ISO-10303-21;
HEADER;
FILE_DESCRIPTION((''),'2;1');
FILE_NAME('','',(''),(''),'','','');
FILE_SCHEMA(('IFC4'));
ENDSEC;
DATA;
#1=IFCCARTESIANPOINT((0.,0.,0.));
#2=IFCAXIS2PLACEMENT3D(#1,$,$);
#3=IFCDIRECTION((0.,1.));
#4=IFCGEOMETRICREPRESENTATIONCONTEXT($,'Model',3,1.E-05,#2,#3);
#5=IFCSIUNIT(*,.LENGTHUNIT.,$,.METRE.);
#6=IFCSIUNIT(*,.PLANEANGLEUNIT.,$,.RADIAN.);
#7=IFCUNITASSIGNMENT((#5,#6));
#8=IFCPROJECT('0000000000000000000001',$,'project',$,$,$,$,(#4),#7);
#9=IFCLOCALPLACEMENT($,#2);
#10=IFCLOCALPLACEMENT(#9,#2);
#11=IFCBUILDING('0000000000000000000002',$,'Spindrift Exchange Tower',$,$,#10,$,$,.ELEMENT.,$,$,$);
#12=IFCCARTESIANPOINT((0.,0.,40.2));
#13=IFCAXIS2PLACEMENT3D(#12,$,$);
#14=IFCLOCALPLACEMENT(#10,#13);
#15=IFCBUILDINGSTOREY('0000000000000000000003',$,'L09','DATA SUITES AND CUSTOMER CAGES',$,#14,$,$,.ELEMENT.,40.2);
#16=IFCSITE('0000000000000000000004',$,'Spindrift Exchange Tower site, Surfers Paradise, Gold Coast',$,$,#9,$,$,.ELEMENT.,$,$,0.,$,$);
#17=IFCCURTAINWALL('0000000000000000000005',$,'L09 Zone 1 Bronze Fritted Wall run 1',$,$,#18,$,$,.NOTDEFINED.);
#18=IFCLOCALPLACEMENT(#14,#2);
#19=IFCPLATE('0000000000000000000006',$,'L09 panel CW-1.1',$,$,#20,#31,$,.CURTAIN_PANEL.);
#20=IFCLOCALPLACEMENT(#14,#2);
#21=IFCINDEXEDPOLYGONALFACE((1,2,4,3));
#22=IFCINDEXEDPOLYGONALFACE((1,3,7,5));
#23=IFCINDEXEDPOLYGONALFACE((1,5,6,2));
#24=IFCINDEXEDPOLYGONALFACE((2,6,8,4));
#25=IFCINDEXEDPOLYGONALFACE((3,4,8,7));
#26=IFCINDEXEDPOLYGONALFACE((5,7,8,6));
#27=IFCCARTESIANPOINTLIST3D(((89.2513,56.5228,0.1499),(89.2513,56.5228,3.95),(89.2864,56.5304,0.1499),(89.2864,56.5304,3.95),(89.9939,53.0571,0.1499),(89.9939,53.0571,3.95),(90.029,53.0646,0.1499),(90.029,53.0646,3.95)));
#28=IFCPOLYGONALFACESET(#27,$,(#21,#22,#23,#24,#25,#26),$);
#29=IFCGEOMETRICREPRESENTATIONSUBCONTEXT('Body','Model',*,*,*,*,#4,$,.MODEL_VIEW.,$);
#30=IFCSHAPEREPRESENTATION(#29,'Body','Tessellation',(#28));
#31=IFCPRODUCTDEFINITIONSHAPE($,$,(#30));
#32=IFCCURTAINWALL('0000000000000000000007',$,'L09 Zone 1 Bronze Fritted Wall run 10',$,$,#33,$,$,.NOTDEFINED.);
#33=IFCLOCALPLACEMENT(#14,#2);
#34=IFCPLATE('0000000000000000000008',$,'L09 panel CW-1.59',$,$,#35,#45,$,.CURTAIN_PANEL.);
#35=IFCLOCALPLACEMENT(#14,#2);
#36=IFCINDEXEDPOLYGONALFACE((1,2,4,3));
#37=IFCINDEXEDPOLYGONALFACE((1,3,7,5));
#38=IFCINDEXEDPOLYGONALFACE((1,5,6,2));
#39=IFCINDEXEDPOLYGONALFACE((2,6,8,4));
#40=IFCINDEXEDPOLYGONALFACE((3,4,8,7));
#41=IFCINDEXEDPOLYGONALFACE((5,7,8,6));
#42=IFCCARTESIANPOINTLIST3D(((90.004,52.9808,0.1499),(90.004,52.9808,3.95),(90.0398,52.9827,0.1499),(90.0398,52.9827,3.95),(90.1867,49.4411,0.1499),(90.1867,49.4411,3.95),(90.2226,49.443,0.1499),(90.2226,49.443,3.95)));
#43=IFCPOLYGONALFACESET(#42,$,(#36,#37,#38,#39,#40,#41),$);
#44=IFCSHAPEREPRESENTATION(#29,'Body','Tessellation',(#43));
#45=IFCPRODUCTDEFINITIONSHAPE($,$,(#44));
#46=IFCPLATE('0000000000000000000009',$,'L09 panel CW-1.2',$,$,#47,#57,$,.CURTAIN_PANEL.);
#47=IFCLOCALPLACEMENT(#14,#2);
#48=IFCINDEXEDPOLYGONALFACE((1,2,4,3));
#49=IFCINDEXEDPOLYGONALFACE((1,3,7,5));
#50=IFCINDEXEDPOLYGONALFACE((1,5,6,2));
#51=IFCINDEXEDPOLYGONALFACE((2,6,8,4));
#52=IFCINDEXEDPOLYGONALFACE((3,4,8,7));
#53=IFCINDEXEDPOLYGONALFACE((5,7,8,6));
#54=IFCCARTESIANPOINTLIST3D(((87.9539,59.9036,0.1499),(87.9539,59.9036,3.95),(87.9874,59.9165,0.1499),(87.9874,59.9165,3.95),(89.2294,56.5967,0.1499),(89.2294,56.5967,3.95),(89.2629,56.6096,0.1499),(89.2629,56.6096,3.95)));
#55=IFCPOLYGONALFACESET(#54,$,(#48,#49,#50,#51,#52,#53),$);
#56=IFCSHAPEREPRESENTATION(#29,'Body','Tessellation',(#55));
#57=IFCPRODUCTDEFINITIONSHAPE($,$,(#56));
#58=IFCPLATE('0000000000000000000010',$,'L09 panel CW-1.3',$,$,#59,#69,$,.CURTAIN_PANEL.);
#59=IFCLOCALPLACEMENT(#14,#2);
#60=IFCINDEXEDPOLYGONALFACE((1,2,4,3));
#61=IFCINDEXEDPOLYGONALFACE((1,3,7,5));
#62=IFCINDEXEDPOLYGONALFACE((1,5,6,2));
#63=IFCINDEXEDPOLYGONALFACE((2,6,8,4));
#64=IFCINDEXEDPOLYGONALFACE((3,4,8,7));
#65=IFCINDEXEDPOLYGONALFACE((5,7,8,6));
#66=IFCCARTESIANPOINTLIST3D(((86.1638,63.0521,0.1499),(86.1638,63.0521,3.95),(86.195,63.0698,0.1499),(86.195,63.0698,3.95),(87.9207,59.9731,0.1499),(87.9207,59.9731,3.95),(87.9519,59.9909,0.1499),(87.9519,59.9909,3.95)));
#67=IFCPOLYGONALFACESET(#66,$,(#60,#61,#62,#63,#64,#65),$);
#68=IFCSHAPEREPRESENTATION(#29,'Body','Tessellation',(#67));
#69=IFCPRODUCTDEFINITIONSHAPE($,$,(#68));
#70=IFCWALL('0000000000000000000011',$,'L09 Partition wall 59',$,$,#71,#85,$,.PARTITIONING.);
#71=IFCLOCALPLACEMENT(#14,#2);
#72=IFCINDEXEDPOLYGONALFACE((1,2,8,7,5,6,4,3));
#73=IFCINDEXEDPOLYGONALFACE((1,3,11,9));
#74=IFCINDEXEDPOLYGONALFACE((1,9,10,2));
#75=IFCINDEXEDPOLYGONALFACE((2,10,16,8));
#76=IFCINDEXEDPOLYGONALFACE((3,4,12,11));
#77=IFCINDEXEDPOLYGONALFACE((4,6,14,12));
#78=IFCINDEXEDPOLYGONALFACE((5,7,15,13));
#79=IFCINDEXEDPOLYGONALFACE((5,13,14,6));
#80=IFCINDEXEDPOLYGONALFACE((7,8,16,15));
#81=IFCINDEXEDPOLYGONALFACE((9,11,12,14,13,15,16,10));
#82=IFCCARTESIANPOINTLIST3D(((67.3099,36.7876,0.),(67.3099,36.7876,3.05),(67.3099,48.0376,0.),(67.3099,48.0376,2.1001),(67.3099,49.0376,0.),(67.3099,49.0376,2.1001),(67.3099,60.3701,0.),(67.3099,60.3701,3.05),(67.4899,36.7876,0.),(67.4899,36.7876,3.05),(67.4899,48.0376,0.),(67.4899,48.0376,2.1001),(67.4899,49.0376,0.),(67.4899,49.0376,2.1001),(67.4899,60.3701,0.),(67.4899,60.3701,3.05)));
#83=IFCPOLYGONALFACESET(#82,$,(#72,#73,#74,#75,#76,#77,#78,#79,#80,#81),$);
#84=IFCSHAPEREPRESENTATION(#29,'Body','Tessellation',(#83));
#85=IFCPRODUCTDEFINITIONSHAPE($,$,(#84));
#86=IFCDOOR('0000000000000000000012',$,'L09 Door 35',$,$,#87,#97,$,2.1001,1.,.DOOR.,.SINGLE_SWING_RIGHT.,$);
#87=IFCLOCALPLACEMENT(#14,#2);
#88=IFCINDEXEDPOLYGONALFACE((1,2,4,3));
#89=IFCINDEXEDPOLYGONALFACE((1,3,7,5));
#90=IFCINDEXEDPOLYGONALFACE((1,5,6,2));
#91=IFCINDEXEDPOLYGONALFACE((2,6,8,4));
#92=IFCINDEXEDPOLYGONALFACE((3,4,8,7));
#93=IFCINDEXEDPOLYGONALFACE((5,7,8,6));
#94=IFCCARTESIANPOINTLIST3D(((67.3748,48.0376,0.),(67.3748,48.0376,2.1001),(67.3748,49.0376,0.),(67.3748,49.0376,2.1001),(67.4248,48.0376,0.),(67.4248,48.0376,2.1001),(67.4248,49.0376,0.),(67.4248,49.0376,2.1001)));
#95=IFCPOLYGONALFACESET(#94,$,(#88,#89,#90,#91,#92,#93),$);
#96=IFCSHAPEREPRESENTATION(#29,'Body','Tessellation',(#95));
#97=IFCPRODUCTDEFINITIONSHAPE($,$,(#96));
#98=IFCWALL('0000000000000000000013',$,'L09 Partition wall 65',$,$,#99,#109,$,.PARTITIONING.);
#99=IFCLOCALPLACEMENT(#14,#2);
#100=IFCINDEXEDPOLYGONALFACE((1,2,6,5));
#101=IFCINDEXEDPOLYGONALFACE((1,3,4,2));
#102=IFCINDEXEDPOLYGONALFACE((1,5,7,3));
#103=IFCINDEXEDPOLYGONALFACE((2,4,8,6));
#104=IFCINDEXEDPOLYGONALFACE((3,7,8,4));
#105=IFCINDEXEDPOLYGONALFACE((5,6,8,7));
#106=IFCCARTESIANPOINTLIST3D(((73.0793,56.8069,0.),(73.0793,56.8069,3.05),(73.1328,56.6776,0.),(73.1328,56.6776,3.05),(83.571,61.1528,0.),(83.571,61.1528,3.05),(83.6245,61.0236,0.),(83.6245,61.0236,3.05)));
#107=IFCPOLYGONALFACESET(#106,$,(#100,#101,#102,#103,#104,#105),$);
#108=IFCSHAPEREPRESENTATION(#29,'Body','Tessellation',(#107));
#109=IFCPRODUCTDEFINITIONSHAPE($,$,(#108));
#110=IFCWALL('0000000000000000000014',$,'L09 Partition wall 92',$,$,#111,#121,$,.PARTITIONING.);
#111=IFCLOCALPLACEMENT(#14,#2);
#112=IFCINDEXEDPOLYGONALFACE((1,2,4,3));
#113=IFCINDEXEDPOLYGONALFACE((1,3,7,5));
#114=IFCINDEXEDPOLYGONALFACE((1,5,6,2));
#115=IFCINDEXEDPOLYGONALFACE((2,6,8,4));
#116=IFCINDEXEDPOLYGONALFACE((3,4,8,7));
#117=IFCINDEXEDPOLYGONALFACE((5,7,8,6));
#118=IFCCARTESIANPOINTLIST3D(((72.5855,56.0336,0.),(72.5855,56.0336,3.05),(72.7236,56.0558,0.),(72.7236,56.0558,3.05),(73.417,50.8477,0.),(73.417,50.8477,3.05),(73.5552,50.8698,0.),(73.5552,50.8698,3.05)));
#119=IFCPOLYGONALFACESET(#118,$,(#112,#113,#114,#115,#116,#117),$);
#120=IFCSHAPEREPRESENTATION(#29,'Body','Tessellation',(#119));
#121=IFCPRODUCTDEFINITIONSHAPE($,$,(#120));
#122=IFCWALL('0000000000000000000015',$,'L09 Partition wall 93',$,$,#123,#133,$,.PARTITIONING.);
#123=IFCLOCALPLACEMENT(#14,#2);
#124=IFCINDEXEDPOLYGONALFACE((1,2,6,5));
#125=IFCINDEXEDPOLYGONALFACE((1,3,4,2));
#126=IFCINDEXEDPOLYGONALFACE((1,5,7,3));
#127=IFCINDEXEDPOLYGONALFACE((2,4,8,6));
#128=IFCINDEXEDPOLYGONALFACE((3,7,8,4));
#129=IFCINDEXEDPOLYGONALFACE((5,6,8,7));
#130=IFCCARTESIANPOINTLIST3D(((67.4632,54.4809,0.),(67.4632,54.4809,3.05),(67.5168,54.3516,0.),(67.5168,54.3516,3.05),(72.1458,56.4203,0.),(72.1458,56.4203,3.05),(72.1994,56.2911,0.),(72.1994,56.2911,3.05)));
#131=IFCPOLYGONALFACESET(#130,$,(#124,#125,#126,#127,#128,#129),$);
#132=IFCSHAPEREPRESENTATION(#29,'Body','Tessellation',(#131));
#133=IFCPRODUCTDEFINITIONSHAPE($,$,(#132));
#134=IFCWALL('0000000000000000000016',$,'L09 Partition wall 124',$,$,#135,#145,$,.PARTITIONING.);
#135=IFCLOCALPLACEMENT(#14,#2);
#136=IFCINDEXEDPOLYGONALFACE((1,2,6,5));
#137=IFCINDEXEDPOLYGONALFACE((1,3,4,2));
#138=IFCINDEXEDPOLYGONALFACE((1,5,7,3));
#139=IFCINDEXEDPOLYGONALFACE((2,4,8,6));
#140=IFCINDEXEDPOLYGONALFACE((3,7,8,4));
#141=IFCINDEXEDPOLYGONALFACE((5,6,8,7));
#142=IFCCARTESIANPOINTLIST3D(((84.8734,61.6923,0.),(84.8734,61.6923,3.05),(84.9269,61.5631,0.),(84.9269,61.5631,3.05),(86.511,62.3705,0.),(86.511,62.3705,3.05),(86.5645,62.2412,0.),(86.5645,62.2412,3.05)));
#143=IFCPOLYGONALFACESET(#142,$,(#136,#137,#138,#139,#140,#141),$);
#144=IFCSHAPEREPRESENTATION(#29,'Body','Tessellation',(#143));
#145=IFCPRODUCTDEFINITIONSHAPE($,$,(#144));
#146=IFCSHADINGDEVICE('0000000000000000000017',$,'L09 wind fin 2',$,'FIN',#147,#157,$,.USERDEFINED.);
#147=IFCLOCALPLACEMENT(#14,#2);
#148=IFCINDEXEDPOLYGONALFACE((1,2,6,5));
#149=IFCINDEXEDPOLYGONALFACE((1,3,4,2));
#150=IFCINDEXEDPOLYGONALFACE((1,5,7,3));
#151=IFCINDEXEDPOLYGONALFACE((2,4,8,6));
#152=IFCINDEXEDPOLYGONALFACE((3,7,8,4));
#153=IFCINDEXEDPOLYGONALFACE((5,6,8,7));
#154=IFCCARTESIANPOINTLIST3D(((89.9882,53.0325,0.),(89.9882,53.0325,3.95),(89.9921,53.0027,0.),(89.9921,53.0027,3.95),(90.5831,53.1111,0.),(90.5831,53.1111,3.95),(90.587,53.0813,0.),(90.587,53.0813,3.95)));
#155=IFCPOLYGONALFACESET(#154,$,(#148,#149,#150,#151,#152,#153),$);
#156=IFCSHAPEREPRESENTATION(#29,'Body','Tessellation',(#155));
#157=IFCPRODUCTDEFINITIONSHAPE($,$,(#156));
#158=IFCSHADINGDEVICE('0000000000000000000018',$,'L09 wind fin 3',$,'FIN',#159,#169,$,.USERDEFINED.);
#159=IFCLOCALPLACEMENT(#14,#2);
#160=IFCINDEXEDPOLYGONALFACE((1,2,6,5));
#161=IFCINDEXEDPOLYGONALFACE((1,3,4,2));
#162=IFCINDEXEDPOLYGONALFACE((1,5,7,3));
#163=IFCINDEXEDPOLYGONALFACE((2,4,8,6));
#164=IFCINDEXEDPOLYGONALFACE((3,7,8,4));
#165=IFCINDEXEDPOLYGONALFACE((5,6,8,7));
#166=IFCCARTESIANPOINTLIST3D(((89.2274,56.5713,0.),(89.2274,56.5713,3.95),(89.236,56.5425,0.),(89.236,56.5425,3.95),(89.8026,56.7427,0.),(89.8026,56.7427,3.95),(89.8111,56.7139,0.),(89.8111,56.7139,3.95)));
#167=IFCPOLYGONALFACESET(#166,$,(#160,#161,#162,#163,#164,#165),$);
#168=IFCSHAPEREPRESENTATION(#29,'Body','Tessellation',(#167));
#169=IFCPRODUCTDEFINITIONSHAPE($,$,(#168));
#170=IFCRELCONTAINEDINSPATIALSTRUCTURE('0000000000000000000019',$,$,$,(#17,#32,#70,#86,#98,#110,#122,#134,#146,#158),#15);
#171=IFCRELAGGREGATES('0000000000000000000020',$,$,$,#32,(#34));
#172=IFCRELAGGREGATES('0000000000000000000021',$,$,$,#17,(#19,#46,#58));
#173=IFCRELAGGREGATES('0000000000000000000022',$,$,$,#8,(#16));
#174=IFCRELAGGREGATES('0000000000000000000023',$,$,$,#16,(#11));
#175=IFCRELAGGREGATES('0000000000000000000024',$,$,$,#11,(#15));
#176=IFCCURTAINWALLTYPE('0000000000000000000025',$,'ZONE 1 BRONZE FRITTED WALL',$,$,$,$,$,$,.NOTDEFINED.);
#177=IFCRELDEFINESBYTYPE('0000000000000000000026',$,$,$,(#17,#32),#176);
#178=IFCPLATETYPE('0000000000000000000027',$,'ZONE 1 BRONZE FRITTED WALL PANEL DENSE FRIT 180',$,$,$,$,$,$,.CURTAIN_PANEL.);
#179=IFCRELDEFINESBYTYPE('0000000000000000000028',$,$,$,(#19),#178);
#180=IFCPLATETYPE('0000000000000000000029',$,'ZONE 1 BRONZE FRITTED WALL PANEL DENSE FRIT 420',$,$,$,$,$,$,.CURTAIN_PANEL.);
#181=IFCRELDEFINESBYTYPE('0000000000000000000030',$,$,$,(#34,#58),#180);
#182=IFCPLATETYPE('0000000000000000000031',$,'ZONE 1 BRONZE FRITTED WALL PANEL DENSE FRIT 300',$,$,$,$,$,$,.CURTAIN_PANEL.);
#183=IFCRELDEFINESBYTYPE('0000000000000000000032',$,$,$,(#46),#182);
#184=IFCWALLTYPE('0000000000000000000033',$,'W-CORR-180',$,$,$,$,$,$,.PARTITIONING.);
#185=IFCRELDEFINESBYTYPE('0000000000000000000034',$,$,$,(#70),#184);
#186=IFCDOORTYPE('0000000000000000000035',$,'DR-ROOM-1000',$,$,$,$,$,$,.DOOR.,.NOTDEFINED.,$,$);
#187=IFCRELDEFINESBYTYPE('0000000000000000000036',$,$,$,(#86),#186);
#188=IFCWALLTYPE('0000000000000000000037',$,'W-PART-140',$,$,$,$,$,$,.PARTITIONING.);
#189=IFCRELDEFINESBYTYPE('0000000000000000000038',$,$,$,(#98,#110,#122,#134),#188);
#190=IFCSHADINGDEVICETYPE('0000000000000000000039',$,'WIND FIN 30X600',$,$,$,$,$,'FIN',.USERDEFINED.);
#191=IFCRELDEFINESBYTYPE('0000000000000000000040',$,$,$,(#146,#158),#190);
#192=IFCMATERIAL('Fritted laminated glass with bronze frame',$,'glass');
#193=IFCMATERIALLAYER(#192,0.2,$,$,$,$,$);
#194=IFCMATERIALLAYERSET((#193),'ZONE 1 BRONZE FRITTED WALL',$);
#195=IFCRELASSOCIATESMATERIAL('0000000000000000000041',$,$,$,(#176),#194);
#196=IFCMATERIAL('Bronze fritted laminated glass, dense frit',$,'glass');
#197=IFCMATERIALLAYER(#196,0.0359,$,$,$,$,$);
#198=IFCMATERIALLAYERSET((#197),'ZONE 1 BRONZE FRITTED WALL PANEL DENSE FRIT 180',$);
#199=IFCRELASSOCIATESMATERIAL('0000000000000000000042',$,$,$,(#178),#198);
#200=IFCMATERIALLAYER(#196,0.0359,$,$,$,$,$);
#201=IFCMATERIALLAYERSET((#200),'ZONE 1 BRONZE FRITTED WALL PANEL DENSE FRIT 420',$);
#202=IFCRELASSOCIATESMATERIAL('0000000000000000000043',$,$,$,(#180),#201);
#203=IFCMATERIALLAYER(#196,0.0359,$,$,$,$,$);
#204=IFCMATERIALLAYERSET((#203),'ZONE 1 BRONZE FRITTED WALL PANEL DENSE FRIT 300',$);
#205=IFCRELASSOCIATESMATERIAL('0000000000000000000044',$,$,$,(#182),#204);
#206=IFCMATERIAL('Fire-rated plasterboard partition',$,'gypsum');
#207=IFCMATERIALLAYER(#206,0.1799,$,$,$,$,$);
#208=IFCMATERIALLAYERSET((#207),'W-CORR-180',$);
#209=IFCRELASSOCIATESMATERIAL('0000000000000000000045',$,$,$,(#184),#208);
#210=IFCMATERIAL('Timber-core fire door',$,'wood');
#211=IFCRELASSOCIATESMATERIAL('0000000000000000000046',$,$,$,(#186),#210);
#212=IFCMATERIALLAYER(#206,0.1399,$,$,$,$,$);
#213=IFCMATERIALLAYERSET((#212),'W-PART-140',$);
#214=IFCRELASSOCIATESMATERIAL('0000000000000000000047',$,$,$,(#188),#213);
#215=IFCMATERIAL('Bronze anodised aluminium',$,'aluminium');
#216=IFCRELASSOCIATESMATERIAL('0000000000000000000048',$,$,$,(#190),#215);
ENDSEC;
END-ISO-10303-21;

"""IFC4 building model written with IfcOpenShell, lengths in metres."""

from ifc_helpers import new_model, si_unit, direction, frame, frame_2d, origin, origin_2d, place, context, subcontext, project, spatial, rectangle, extrude, source, transform, mapped, material, layer, layer_set, material_profile, profile_set, type_object, element, fill, aggregate, save


model = new_model("IFC4")

# Units and contexts
model_context = context("Model", 3, precision=1e-05, world=origin(), true_north=direction((0.0, 1.0)))
body_context = subcontext(model_context, "Body", "Model", "MODEL_VIEW")
ifc_project = project(units=[si_unit("LENGTHUNIT", "METRE"), si_unit("PLANEANGLEUNIT", "RADIAN")], contexts=[model_context])

# Site, building, storey
site_placement = place(None, origin())
site = spatial("IfcSite", under=ifc_project, at=site_placement, Name="Spindrift Exchange Tower site, Surfers Paradise, Gold Coast", CompositionType="ELEMENT", RefElevation=0.0)
building_placement = place(site_placement, origin())
building = spatial("IfcBuilding", under=site, at=building_placement, Name="Spindrift Exchange Tower", CompositionType="ELEMENT")
storey_placement = place(building_placement, frame((0.0, 0.0, 40.2)))
storey = spatial("IfcBuildingStorey", under=building, at=storey_placement, Name="L09", Description="DATA SUITES AND CUSTOMER CAGES", CompositionType="ELEMENT", Elevation=40.2)

# Curtain wall, plate
ifc_material_1 = material(Name="Fritted laminated glass with bronze frame", Category="glass")
ifc_layer_1 = layer(ifc_material_1, 0.2)
ifc_layer_set_1 = layer_set([ifc_layer_1], Name="ZONE 1 BRONZE FRITTED WALL")
curtain_wall_type = type_object("IfcCurtainWallType", Name="ZONE 1 BRONZE FRITTED WALL", PredefinedType="NOTDEFINED", material=ifc_layer_set_1)
curtain_wall_1_placement = place(storey_placement, origin())
curtain_wall_1 = element("IfcCurtainWall", 1, at=curtain_wall_1_placement, inside=storey, type_object=curtain_wall_type, Name="L09 Zone 1 Bronze Fritted Wall run 1", PredefinedType="NOTDEFINED")
ifc_material_2 = material(Name="Bronze anodised aluminium", Category="aluminium")
ifc_material_3 = material(Name="Bronze fritted laminated glass, dense frit", Category="glass")
ifc_layer_2 = layer(ifc_material_3, 0.0359)
ifc_layer_set_2 = layer_set([ifc_layer_2], Name="ZONE 1 BRONZE FRITTED WALL PANEL DENSE FRIT 180")
plate_type_1 = type_object("IfcPlateType", Name="ZONE 1 BRONZE FRITTED WALL PANEL DENSE FRIT 180", PredefinedType="CURTAIN_PANEL", material=ifc_layer_set_2)
shared_shape_1 = source(origin(), body_context, "Body", "SweptSolid", [
    extrude(rectangle(XDim=3.5444, YDim=0.0359, at=origin_2d()), origin(), (0.0, 0.0, 1.0), 3.8),
])
plate_1_placement = place(storey_placement, frame((89.6401, 54.7937, 0.1499), z_axis=(0.0, 0.0, 1.0), x_axis=(-0.209496, 0.97781, 0.0)))
plate_1 = element("IfcPlate", 2, at=plate_1_placement, type_object=plate_type_1, Name="L09 panel CW-1.1", PredefinedType="CURTAIN_PANEL", context=body_context, shape_type="MappedRepresentation", body=[
    mapped(shared_shape_1, transform((0.0, 0.0, 0.0), scale=1.0)),
])

# Curtain wall, plate
curtain_wall_2_placement = place(storey_placement, origin())
curtain_wall_2 = element("IfcCurtainWall", 3, at=curtain_wall_2_placement, inside=storey, type_object=curtain_wall_type, Name="L09 Zone 1 Bronze Fritted Wall run 10", PredefinedType="NOTDEFINED")
ifc_layer_3 = layer(ifc_material_3, 0.0359)
ifc_layer_set_3 = layer_set([ifc_layer_3], Name="ZONE 1 BRONZE FRITTED WALL PANEL DENSE FRIT 420")
plate_type_2 = type_object("IfcPlateType", Name="ZONE 1 BRONZE FRITTED WALL PANEL DENSE FRIT 420", PredefinedType="CURTAIN_PANEL", material=ifc_layer_set_3)
shared_shape_2 = source(origin(), body_context, "Body", "SweptSolid", [
    extrude(rectangle(XDim=3.5444, YDim=0.0359, at=origin_2d()), origin(), (0.0, 0.0, 1.0), 3.8),
])
plate_2_placement = place(storey_placement, frame((90.1133, 51.2119, 0.1499), z_axis=(0.0, 0.0, 1.0), x_axis=(-0.051567, 0.99867, 0.0)))
plate_2 = element("IfcPlate", 4, at=plate_2_placement, type_object=plate_type_2, Name="L09 panel CW-1.59", PredefinedType="CURTAIN_PANEL", context=body_context, shape_type="MappedRepresentation", body=[
    mapped(shared_shape_2, transform((0.0, 0.0, 0.0), scale=1.0)),
])
aggregate(curtain_wall_2, [plate_2])

# Plates
ifc_layer_4 = layer(ifc_material_3, 0.0359)
ifc_layer_set_4 = layer_set([ifc_layer_4], Name="ZONE 1 BRONZE FRITTED WALL PANEL DENSE FRIT 300")
plate_type_3 = type_object("IfcPlateType", Name="ZONE 1 BRONZE FRITTED WALL PANEL DENSE FRIT 300", PredefinedType="CURTAIN_PANEL", material=ifc_layer_set_4)
shared_shape_3 = source(origin(), body_context, "Body", "SweptSolid", [
    extrude(rectangle(XDim=3.5444, YDim=0.0359, at=origin_2d()), origin(), (0.0, 0.0, 1.0), 3.8),
])
plate_3_placement = place(storey_placement, frame((88.6084, 58.2566, 0.1499), z_axis=(0.0, 0.0, 1.0), x_axis=(-0.35988, 0.932999, 0.0)))
plate_3 = element("IfcPlate", 5, at=plate_3_placement, type_object=plate_type_3, Name="L09 panel CW-1.2", PredefinedType="CURTAIN_PANEL", context=body_context, shape_type="MappedRepresentation", body=[
    mapped(shared_shape_3, transform((0.0, 0.0, 0.0), scale=1.0)),
])
shared_shape_4 = source(origin(), body_context, "Body", "SweptSolid", [
    extrude(rectangle(XDim=3.5449, YDim=0.0359, at=origin_2d()), origin(), (0.0, 0.0, 1.0), 3.8),
])
plate_4_placement = place(storey_placement, frame((87.0579, 61.5215, 0.1499), z_axis=(0.0, 0.0, 1.0), x_axis=(-0.49561, 0.868545, 0.0)))
plate_4 = element("IfcPlate", 6, at=plate_4_placement, type_object=plate_type_2, Name="L09 panel CW-1.3", PredefinedType="CURTAIN_PANEL", context=body_context, shape_type="MappedRepresentation", body=[
    mapped(shared_shape_4, transform((0.0, 0.0, 0.0), scale=1.0)),
])
aggregate(curtain_wall_1, [plate_1, plate_3, plate_4])

# Wall, opening, door
ifc_material_4 = material(Name="Fire-rated plasterboard partition", Category="gypsum")
ifc_layer_5 = layer(ifc_material_4, 0.1799)
ifc_layer_set_5 = layer_set([ifc_layer_5], Name="W-CORR-180")
wall_type_1 = type_object("IfcWallType", Name="W-CORR-180", PredefinedType="PARTITIONING", material=ifc_layer_set_5)
wall_1_placement = place(storey_placement, frame((67.3999, 60.3701, 0.0), z_axis=(0.0, 0.0, 1.0), x_axis=(0.0, -1.0, 0.0)))
wall_1 = element("IfcWall", 7, at=wall_1_placement, inside=storey, type_object=wall_type_1, Name="L09 Partition wall 59", PredefinedType="PARTITIONING", context=body_context, shape_type="SweptSolid", body=[
    extrude(rectangle(XDim=23.5825, YDim=0.1799, at=frame_2d((11.7913, 0.0))), origin(), (0.0, 0.0, 1.0), 3.05),
])
opening_placement = place(wall_1_placement, frame((11.3325, 0.0, 0.0)))
opening = element("IfcOpeningElement", 8, at=opening_placement, cuts=wall_1, PredefinedType="OPENING", context=body_context, shape_type="SweptSolid", body=[
    extrude(rectangle(XDim=1.0, YDim=2.1001, at=frame_2d((0.5, 1.05))), frame((0.0, 0.0999, 0.0), z_axis=(0.0, -1.0, 0.0), x_axis=(1.0, 0.0, 0.0)), (0.0, 0.0, 1.0), 0.2),
])
ifc_material_5 = material(Name="Timber-core fire door", Category="wood")
door_type = type_object("IfcDoorType", Name="DR-ROOM-1000", OperationType="NOTDEFINED", PredefinedType="DOOR", material=ifc_material_5)
shared_shape_5 = source(origin(), body_context, "Body", "SweptSolid", [
    extrude(rectangle(XDim=1.0, YDim=2.1001, at=frame_2d((0.5, 1.05))), frame((0.0, 0.0249, 0.0), z_axis=(0.0, -1.0, 0.0), x_axis=(1.0, 0.0, 0.0)), (0.0, 0.0, 1.0), 0.05),
])
door_placement = place(opening_placement, origin())
door = element("IfcDoor", 9, at=door_placement, inside=storey, type_object=door_type, Name="L09 Door 35", OperationType="SINGLE_SWING_RIGHT", OverallHeight=2.1001, OverallWidth=1.0, PredefinedType="DOOR", context=body_context, shape_type="MappedRepresentation", body=[
    mapped(shared_shape_5, transform((0.0, 0.0, 0.0), scale=1.0)),
])
fill(opening, door)

# Walls
ifc_layer_6 = layer(ifc_material_4, 0.1399)
ifc_layer_set_6 = layer_set([ifc_layer_6], Name="W-PART-140")
wall_type_2 = type_object("IfcWallType", Name="W-PART-140", PredefinedType="PARTITIONING", material=ifc_layer_set_6)
wall_2_placement = place(storey_placement, frame((73.106, 56.7422, 0.0), z_axis=(0.0, 0.0, 1.0), x_axis=(0.923875, 0.382694, 0.0)))
element("IfcWall", 10, at=wall_2_placement, inside=storey, type_object=wall_type_2, Name="L09 Partition wall 65", PredefinedType="PARTITIONING", context=body_context, shape_type="SweptSolid", body=[
    extrude(rectangle(XDim=11.3562, YDim=0.1399, at=frame_2d((5.6782, 0.0))), origin(), (0.0, 0.0, 1.0), 3.05),
])
wall_3_placement = place(storey_placement, frame((73.4861, 50.8589, 0.0), z_axis=(0.0, 0.0, 1.0), x_axis=(-0.15832, 0.987388, 0.0)))
element("IfcWall", 11, at=wall_3_placement, inside=storey, type_object=wall_type_2, Name="L09 Partition wall 92", PredefinedType="PARTITIONING", context=body_context, shape_type="SweptSolid", body=[
    extrude(rectangle(XDim=5.2522, YDim=0.1399, at=frame_2d((2.626, 0.0))), origin(), (0.0, 0.0, 1.0), 3.05),
])
wall_4_placement = place(storey_placement, frame((67.49, 54.4163, 0.0), z_axis=(0.0, 0.0, 1.0), x_axis=(0.92389, 0.382658, 0.0)))
element("IfcWall", 12, at=wall_4_placement, inside=storey, type_object=wall_type_2, Name="L09 Partition wall 93", PredefinedType="PARTITIONING", context=body_context, shape_type="SweptSolid", body=[
    extrude(rectangle(XDim=5.0684, YDim=0.1399, at=frame_2d((2.5342, 0.0))), origin(), (0.0, 0.0, 1.0), 3.05),
])
wall_5_placement = place(storey_placement, frame((84.9001, 61.6277, 0.0), z_axis=(0.0, 0.0, 1.0), x_axis=(0.923906, 0.382619, 0.0)))
element("IfcWall", 13, at=wall_5_placement, inside=storey, type_object=wall_type_2, Name="L09 Partition wall 124", PredefinedType="PARTITIONING", context=body_context, shape_type="SweptSolid", body=[
    extrude(rectangle(XDim=1.7725, YDim=0.1399, at=frame_2d((0.8862, 0.0))), origin(), (0.0, 0.0, 1.0), 3.05),
])

# Shading devices
ifc_material_profile_1 = material_profile(ifc_material_2, rectangle(XDim=0.03, YDim=0.6001, at=origin_2d()), Name="WIND FIN 30X600")
ifc_profile_set_1 = profile_set([ifc_material_profile_1], Name="Bronze anodised aluminium")
shading_device_type = type_object("IfcShadingDeviceType", Name="WIND FIN 30X600", ElementType="FIN", PredefinedType="USERDEFINED", material=ifc_profile_set_1)
shared_shape_6 = source(origin(), body_context, "Body", "SweptSolid", [
    extrude(rectangle(XDim=0.03, YDim=0.6001, at=origin_2d()), origin(), (0.0, 0.0, 1.0), 3.95),
])
for number, where, z_axis, x_axis, name in (
    (14, (90.2876, 53.0569, 0.0), (0.0, 0.0, 1.0), (-0.130947, 0.991389, 0.0), "L09 wind fin 2"),
    (15, (89.5193, 56.6426, 0.0), (0.0, 0.0, 1.0), (-0.285568, 0.958358, 0.0), "L09 wind fin 3"),
):
    element("IfcShadingDevice", number, at=place(storey_placement, frame(where, z_axis=z_axis, x_axis=x_axis)), inside=storey, type_object=shading_device_type, Name=name, ObjectType="FIN", PredefinedType="USERDEFINED", context=body_context, shape_type="MappedRepresentation", body=[
        mapped(shared_shape_6, transform((0.0, 0.0, 0.0), scale=1.0)),
    ])

save(model, "model.ifc")
